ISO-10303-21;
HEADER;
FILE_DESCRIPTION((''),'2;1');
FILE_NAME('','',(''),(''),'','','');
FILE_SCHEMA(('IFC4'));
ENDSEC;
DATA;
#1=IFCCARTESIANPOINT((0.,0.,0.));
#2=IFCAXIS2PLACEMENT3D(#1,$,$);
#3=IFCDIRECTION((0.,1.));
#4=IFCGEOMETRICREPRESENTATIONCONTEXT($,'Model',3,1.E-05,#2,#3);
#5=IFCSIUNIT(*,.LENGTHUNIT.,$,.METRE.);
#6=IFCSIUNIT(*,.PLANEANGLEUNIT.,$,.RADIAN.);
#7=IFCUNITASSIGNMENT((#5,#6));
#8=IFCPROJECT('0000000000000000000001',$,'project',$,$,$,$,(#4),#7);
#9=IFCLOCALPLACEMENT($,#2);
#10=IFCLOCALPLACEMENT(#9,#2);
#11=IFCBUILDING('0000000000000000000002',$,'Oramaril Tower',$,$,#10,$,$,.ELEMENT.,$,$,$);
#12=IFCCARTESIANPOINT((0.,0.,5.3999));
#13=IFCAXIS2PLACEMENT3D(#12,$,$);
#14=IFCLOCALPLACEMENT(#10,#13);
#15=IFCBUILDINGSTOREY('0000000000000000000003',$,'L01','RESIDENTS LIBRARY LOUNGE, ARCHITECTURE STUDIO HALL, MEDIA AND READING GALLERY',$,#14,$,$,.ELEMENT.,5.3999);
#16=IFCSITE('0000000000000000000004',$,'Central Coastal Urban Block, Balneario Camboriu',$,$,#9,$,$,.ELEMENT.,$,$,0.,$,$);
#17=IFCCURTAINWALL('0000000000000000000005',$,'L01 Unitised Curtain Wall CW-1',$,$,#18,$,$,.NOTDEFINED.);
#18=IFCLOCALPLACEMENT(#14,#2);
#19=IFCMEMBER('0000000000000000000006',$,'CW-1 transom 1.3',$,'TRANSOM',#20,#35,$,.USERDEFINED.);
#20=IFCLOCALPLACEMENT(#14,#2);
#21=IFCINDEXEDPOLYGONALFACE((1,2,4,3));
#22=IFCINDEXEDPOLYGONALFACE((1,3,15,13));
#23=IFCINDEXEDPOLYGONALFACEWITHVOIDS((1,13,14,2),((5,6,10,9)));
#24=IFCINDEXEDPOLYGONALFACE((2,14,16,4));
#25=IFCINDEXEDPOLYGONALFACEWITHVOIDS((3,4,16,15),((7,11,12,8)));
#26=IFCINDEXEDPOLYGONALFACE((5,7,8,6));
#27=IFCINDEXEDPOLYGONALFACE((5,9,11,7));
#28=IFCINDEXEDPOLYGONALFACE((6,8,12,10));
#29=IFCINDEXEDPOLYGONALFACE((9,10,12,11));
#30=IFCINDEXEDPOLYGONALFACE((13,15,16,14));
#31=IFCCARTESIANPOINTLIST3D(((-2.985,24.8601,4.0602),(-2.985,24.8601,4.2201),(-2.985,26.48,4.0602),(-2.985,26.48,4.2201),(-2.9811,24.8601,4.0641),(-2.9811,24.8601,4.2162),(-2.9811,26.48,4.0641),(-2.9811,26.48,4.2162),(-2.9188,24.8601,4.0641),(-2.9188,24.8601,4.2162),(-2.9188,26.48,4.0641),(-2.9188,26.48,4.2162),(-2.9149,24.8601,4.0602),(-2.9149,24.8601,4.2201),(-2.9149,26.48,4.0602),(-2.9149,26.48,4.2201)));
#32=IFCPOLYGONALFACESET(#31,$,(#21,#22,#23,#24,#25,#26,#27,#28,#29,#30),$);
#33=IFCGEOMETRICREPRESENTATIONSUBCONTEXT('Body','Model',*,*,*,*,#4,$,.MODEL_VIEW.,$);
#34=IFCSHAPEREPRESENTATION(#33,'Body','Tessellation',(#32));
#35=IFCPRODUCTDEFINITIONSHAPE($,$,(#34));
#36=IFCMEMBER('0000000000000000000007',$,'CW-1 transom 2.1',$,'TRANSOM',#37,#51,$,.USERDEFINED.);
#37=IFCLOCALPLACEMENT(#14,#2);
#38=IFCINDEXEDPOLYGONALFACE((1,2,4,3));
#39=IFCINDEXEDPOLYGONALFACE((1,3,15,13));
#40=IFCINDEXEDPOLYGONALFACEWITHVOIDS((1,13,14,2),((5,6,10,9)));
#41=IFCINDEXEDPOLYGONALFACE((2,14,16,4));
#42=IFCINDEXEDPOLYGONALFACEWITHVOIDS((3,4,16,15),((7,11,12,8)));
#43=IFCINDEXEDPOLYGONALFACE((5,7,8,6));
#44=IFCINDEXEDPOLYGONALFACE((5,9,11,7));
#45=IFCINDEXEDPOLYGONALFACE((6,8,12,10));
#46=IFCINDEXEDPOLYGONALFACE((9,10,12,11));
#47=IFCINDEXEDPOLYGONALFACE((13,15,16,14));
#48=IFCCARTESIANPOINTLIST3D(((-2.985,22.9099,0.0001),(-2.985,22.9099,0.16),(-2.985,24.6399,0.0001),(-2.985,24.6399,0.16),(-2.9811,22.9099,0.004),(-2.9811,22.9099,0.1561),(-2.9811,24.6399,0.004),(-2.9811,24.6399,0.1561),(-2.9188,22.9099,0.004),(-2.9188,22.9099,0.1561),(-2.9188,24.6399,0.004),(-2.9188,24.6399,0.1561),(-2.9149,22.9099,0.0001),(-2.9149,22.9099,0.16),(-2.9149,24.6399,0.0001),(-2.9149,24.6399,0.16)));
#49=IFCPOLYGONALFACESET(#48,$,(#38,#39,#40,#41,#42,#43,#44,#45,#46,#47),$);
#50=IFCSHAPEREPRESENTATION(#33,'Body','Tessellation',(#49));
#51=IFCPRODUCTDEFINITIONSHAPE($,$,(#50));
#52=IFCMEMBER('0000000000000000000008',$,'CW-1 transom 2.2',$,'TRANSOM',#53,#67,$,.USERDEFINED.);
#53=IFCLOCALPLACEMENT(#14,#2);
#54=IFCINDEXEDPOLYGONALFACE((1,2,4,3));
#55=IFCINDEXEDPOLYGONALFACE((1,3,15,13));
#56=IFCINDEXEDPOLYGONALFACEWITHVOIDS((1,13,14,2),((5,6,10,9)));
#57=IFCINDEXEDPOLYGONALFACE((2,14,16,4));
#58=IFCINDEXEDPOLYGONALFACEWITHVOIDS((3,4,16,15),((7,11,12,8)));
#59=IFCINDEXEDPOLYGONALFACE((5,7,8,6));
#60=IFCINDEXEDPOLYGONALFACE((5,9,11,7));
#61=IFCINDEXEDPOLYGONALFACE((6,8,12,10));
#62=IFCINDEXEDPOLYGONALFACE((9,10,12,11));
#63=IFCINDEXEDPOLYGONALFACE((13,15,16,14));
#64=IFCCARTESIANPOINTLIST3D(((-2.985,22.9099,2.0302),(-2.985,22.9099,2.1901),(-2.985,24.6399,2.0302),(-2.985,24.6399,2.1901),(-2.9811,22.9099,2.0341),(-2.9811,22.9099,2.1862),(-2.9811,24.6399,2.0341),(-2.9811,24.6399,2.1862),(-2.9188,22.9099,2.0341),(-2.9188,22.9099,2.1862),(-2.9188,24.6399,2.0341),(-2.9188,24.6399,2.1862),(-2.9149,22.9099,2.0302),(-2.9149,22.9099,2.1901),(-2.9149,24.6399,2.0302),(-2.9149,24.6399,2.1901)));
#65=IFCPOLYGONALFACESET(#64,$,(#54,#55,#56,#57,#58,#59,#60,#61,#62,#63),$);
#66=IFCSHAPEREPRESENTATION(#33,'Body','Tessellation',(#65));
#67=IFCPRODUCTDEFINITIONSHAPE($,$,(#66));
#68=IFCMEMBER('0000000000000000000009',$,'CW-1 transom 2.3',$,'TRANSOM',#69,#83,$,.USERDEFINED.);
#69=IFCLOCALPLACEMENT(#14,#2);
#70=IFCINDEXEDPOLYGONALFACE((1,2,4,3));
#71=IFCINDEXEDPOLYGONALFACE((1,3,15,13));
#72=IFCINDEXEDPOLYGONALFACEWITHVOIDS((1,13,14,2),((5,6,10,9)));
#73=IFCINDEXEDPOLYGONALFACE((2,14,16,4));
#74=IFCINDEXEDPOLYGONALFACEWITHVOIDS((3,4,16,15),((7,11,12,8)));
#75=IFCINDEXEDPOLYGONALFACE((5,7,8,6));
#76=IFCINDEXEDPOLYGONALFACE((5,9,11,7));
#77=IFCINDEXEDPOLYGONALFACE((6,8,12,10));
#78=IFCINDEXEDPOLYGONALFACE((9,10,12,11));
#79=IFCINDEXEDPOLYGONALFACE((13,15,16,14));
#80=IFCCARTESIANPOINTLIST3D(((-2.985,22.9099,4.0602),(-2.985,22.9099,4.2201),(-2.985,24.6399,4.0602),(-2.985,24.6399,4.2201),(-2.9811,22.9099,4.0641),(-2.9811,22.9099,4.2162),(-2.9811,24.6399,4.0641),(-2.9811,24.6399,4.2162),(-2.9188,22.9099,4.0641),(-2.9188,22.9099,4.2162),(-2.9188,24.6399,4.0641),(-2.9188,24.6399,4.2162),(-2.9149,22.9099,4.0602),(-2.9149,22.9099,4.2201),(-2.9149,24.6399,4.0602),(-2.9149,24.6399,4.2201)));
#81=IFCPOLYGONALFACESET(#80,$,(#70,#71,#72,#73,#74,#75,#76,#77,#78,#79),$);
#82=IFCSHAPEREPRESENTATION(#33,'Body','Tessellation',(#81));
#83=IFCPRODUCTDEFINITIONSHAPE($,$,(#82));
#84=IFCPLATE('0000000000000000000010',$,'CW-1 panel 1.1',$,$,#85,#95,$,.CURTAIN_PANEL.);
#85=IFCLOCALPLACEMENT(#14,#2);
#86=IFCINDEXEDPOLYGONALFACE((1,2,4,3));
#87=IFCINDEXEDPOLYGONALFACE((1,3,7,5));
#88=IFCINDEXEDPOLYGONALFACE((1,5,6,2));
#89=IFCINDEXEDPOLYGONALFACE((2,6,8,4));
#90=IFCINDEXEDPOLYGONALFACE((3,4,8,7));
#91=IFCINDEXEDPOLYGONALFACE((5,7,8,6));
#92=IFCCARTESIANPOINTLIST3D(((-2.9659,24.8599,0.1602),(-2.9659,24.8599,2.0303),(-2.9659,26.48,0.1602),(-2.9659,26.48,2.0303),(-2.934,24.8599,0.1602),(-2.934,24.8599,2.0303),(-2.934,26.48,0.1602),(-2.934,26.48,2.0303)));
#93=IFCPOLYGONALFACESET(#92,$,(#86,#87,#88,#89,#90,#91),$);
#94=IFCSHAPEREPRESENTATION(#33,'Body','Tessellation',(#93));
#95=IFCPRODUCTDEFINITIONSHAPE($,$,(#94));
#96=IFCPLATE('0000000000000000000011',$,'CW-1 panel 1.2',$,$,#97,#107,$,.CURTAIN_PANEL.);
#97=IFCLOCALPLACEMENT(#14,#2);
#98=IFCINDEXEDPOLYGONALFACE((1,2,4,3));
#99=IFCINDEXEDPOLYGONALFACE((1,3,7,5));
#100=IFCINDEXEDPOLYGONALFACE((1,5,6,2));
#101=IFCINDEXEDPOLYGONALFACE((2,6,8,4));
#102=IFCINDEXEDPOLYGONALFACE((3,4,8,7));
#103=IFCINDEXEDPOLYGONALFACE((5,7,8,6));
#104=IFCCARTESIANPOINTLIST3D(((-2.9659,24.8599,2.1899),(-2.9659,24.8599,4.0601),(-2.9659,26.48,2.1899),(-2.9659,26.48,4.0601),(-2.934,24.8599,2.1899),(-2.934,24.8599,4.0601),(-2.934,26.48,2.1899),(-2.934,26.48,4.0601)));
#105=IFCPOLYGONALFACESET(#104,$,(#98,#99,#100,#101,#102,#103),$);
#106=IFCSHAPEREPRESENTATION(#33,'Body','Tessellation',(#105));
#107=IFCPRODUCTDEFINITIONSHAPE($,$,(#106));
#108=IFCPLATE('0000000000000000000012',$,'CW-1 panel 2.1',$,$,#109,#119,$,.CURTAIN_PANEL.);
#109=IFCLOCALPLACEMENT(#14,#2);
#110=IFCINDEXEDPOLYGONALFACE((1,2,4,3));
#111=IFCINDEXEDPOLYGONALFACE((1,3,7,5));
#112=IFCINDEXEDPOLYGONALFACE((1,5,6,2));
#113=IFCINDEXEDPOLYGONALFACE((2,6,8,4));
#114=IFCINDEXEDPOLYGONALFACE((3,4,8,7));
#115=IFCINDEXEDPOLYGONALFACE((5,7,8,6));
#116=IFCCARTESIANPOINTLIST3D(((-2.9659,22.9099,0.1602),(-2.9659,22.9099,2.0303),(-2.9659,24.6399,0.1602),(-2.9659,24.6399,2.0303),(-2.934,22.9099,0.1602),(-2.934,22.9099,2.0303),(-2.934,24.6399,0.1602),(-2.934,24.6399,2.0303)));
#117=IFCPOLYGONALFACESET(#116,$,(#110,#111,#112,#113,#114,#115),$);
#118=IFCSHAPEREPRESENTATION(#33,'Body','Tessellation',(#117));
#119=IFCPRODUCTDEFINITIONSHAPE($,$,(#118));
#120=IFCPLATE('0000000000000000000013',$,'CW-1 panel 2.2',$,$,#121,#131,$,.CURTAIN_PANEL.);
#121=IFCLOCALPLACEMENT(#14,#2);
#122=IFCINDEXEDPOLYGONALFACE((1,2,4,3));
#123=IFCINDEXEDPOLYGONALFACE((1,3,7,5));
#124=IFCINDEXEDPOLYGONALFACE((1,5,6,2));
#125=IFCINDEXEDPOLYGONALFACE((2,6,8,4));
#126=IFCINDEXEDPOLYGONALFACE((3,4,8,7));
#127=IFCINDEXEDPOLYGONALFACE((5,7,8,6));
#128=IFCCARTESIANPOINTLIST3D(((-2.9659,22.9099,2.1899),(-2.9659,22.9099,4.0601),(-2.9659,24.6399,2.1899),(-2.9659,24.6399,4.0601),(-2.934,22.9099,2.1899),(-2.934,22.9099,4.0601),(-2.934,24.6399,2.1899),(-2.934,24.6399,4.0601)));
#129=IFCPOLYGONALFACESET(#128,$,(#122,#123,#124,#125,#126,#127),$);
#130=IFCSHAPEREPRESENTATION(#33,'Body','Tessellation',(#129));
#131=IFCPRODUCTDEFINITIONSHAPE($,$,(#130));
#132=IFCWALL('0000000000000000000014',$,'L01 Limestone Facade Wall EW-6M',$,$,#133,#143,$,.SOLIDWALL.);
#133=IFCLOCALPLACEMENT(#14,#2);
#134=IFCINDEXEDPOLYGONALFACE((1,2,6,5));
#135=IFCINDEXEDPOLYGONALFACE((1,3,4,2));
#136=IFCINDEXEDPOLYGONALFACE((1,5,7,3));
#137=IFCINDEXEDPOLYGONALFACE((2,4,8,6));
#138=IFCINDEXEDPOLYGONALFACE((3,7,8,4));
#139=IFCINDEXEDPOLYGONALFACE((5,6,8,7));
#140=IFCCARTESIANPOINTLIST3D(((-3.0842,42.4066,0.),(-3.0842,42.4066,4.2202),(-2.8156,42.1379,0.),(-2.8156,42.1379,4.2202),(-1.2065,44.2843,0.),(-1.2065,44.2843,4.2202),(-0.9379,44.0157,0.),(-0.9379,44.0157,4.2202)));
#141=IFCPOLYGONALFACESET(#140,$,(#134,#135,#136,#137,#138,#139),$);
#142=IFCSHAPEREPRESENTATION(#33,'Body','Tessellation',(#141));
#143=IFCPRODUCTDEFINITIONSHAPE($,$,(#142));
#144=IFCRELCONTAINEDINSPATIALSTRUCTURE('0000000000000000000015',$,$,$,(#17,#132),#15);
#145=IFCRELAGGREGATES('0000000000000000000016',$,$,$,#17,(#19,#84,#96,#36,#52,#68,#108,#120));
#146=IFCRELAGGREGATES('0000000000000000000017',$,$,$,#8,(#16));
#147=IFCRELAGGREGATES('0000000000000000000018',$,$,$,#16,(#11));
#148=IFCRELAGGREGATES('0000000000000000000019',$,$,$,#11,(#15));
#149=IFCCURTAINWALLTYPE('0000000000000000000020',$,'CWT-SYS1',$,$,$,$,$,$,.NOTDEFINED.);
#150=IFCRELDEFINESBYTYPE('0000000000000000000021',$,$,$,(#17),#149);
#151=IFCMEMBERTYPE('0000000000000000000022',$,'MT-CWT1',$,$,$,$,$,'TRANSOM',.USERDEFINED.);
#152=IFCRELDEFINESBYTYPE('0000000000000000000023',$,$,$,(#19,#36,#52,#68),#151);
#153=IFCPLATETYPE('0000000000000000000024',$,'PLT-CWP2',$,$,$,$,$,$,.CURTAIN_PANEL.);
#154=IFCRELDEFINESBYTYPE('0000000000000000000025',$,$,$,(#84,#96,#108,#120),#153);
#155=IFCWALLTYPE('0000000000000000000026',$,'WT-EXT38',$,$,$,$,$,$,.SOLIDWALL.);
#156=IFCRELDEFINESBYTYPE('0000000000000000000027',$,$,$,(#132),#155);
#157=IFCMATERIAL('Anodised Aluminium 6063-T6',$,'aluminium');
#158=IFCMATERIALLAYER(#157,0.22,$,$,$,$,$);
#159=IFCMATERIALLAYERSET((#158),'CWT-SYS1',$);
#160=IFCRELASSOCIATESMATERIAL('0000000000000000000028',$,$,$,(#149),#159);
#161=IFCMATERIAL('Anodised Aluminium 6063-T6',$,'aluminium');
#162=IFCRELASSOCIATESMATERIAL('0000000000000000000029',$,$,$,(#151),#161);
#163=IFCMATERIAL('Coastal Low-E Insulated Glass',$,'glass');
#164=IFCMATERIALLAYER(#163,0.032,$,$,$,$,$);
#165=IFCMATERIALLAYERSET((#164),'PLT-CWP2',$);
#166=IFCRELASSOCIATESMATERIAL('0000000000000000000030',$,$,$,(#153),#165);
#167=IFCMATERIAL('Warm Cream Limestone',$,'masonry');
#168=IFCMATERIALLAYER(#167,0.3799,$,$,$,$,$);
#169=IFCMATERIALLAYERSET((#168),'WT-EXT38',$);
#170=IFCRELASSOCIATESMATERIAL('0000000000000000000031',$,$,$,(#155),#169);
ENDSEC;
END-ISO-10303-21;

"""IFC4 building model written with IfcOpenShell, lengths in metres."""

from ifc_helpers import new_model, si_unit, direction, frame, frame_2d, origin, origin_2d, place, context, subcontext, project, spatial, rectangle, hollow_rectangle, extrude, material, layer, layer_set, material_profile, profile_set, type_object, element, aggregate, save


model = new_model("IFC4")

# Units and contexts
model_context = context("Model", 3, precision=1e-05, world=origin(), true_north=direction((0.0, 1.0)))
body_context = subcontext(model_context, "Body", "Model", "MODEL_VIEW")
ifc_project = project(units=[si_unit("LENGTHUNIT", "METRE"), si_unit("PLANEANGLEUNIT", "RADIAN")], contexts=[model_context])

# Site, building, storey
site_placement = place(None, origin())
site = spatial("IfcSite", under=ifc_project, at=site_placement, Name="Central Coastal Urban Block, Balneario Camboriu", CompositionType="ELEMENT", RefElevation=0.0)
building_placement = place(site_placement, origin())
building = spatial("IfcBuilding", under=site, at=building_placement, Name="Oramaril Tower", CompositionType="ELEMENT")
storey_placement = place(building_placement, frame((0.0, 0.0, 5.3999)))
storey = spatial("IfcBuildingStorey", under=building, at=storey_placement, Name="L01", Description="RESIDENTS LIBRARY LOUNGE, ARCHITECTURE STUDIO HALL, MEDIA AND READING GALLERY", CompositionType="ELEMENT", Elevation=5.3999)

# Curtain wall, members, plates
ifc_material_1 = material(Name="Anodised Aluminium 6063-T6", Category="aluminium")
ifc_layer_1 = layer(ifc_material_1, 0.22)
ifc_layer_set_1 = layer_set([ifc_layer_1], Name="CWT-SYS1")
curtain_wall_type = type_object("IfcCurtainWallType", Name="CWT-SYS1", PredefinedType="NOTDEFINED", material=ifc_layer_set_1)
curtain_wall_placement = place(storey_placement, origin())
curtain_wall = element("IfcCurtainWall", 1, at=curtain_wall_placement, inside=storey, type_object=curtain_wall_type, Name="L01 Unitised Curtain Wall CW-1", PredefinedType="NOTDEFINED")
ifc_material_2 = material(Name="Anodised Aluminium 6063-T6", Category="aluminium")
ifc_material_profile_1 = material_profile(ifc_material_2, hollow_rectangle(XDim=0.0701, YDim=0.1599, WallThickness=0.0039, at=origin_2d()), Name="CWT160X70")
ifc_profile_set_1 = profile_set([ifc_material_profile_1], Name="Anodised Aluminium 6063-T6")
member_type_1 = type_object("IfcMemberType", Name="MT-CWT1", ElementType="TRANSOM", PredefinedType="USERDEFINED", material=ifc_profile_set_1)
member_1_placement = place(storey_placement, frame((-2.95, 26.48, 4.1401), z_axis=(0.0, -1.0, 0.0), x_axis=(1.0, 0.0, 0.0)))
member_1 = element("IfcMember", 2, at=member_1_placement, type_object=member_type_1, Name="CW-1 transom 1.3", ObjectType="TRANSOM", PredefinedType="USERDEFINED", context=body_context, shape_type="SweptSolid", body=[
    extrude(hollow_rectangle(XDim=0.0701, YDim=0.1599, WallThickness=0.0039, at=origin_2d()), origin(), (0.0, 0.0, 1.0), 1.6199),
])
member_2_placement = place(storey_placement, frame((-2.95, 24.6399, 0.0801), z_axis=(0.0, -1.0, 0.0), x_axis=(1.0, 0.0, 0.0)))
member_2 = element("IfcMember", 3, at=member_2_placement, type_object=member_type_1, Name="CW-1 transom 2.1", ObjectType="TRANSOM", PredefinedType="USERDEFINED", context=body_context, shape_type="SweptSolid", body=[
    extrude(hollow_rectangle(XDim=0.0701, YDim=0.1599, WallThickness=0.0039, at=origin_2d()), origin(), (0.0, 0.0, 1.0), 1.73),
])
member_3_placement = place(storey_placement, frame((-2.95, 24.6399, 2.1101), z_axis=(0.0, -1.0, 0.0), x_axis=(1.0, 0.0, 0.0)))
member_3 = element("IfcMember", 4, at=member_3_placement, type_object=member_type_1, Name="CW-1 transom 2.2", ObjectType="TRANSOM", PredefinedType="USERDEFINED", context=body_context, shape_type="SweptSolid", body=[
    extrude(hollow_rectangle(XDim=0.0701, YDim=0.1599, WallThickness=0.0039, at=origin_2d()), origin(), (0.0, 0.0, 1.0), 1.73),
])
member_4_placement = place(storey_placement, frame((-2.95, 24.6399, 4.1401), z_axis=(0.0, -1.0, 0.0), x_axis=(1.0, 0.0, 0.0)))
member_4 = element("IfcMember", 5, at=member_4_placement, type_object=member_type_1, Name="CW-1 transom 2.3", ObjectType="TRANSOM", PredefinedType="USERDEFINED", context=body_context, shape_type="SweptSolid", body=[
    extrude(hollow_rectangle(XDim=0.0701, YDim=0.1599, WallThickness=0.0039, at=origin_2d()), origin(), (0.0, 0.0, 1.0), 1.73),
])
ifc_material_3 = material(Name="Coastal Low-E Insulated Glass", Category="glass")
ifc_layer_2 = layer(ifc_material_3, 0.032)
ifc_layer_set_2 = layer_set([ifc_layer_2], Name="PLT-CWP2")
plate_type = type_object("IfcPlateType", Name="PLT-CWP2", PredefinedType="CURTAIN_PANEL", material=ifc_layer_set_2)
plate_1_placement = place(storey_placement, frame((-2.95, 25.6699, 0.1602), z_axis=(0.0, 0.0, 1.0), x_axis=(0.0, -1.0, 0.0)))
plate_1 = element("IfcPlate", 6, at=plate_1_placement, type_object=plate_type, Name="CW-1 panel 1.1", PredefinedType="CURTAIN_PANEL", context=body_context, shape_type="SweptSolid", body=[
    extrude(rectangle(XDim=1.6201, YDim=0.032, at=origin_2d()), origin(), (0.0, 0.0, 1.0), 1.8701),
])
plate_2_placement = place(storey_placement, frame((-2.95, 25.6699, 2.1899), z_axis=(0.0, 0.0, 1.0), x_axis=(0.0, -1.0, 0.0)))
plate_2 = element("IfcPlate", 7, at=plate_2_placement, type_object=plate_type, Name="CW-1 panel 1.2", PredefinedType="CURTAIN_PANEL", context=body_context, shape_type="SweptSolid", body=[
    extrude(rectangle(XDim=1.6201, YDim=0.032, at=origin_2d()), origin(), (0.0, 0.0, 1.0), 1.8701),
])
plate_3_placement = place(storey_placement, frame((-2.95, 23.7749, 0.1602), z_axis=(0.0, 0.0, 1.0), x_axis=(0.0, -1.0, 0.0)))
plate_3 = element("IfcPlate", 8, at=plate_3_placement, type_object=plate_type, Name="CW-1 panel 2.1", PredefinedType="CURTAIN_PANEL", context=body_context, shape_type="SweptSolid", body=[
    extrude(rectangle(XDim=1.73, YDim=0.032, at=origin_2d()), origin(), (0.0, 0.0, 1.0), 1.8701),
])
plate_4_placement = place(storey_placement, frame((-2.95, 23.7749, 2.1899), z_axis=(0.0, 0.0, 1.0), x_axis=(0.0, -1.0, 0.0)))
plate_4 = element("IfcPlate", 9, at=plate_4_placement, type_object=plate_type, Name="CW-1 panel 2.2", PredefinedType="CURTAIN_PANEL", context=body_context, shape_type="SweptSolid", body=[
    extrude(rectangle(XDim=1.73, YDim=0.032, at=origin_2d()), origin(), (0.0, 0.0, 1.0), 1.8701),
])
aggregate(curtain_wall, [member_1, plate_1, plate_2, member_2, member_3, member_4, plate_3, plate_4])

# Wall
ifc_material_4 = material(Name="Warm Cream Limestone", Category="masonry")
ifc_layer_3 = layer(ifc_material_4, 0.3799)
ifc_layer_set_3 = layer_set([ifc_layer_3], Name="WT-EXT38")
wall_type = type_object("IfcWallType", Name="WT-EXT38", PredefinedType="SOLIDWALL", material=ifc_layer_set_3)
wall_1_placement = place(storey_placement, frame((-1.0723, 44.1499, 0.0), z_axis=(0.0, 0.0, 1.0), x_axis=(-0.707107, -0.707107, 0.0)))
element("IfcWall", 10, at=wall_1_placement, inside=storey, type_object=wall_type, Name="L01 Limestone Facade Wall EW-6M", PredefinedType="SOLIDWALL", context=body_context, shape_type="SweptSolid", body=[
    extrude(rectangle(XDim=2.6555, YDim=0.3799, at=frame_2d((1.3276, 0.0))), origin(), (0.0, 0.0, 1.0), 4.2202),
])

save(model, "model.ifc")
